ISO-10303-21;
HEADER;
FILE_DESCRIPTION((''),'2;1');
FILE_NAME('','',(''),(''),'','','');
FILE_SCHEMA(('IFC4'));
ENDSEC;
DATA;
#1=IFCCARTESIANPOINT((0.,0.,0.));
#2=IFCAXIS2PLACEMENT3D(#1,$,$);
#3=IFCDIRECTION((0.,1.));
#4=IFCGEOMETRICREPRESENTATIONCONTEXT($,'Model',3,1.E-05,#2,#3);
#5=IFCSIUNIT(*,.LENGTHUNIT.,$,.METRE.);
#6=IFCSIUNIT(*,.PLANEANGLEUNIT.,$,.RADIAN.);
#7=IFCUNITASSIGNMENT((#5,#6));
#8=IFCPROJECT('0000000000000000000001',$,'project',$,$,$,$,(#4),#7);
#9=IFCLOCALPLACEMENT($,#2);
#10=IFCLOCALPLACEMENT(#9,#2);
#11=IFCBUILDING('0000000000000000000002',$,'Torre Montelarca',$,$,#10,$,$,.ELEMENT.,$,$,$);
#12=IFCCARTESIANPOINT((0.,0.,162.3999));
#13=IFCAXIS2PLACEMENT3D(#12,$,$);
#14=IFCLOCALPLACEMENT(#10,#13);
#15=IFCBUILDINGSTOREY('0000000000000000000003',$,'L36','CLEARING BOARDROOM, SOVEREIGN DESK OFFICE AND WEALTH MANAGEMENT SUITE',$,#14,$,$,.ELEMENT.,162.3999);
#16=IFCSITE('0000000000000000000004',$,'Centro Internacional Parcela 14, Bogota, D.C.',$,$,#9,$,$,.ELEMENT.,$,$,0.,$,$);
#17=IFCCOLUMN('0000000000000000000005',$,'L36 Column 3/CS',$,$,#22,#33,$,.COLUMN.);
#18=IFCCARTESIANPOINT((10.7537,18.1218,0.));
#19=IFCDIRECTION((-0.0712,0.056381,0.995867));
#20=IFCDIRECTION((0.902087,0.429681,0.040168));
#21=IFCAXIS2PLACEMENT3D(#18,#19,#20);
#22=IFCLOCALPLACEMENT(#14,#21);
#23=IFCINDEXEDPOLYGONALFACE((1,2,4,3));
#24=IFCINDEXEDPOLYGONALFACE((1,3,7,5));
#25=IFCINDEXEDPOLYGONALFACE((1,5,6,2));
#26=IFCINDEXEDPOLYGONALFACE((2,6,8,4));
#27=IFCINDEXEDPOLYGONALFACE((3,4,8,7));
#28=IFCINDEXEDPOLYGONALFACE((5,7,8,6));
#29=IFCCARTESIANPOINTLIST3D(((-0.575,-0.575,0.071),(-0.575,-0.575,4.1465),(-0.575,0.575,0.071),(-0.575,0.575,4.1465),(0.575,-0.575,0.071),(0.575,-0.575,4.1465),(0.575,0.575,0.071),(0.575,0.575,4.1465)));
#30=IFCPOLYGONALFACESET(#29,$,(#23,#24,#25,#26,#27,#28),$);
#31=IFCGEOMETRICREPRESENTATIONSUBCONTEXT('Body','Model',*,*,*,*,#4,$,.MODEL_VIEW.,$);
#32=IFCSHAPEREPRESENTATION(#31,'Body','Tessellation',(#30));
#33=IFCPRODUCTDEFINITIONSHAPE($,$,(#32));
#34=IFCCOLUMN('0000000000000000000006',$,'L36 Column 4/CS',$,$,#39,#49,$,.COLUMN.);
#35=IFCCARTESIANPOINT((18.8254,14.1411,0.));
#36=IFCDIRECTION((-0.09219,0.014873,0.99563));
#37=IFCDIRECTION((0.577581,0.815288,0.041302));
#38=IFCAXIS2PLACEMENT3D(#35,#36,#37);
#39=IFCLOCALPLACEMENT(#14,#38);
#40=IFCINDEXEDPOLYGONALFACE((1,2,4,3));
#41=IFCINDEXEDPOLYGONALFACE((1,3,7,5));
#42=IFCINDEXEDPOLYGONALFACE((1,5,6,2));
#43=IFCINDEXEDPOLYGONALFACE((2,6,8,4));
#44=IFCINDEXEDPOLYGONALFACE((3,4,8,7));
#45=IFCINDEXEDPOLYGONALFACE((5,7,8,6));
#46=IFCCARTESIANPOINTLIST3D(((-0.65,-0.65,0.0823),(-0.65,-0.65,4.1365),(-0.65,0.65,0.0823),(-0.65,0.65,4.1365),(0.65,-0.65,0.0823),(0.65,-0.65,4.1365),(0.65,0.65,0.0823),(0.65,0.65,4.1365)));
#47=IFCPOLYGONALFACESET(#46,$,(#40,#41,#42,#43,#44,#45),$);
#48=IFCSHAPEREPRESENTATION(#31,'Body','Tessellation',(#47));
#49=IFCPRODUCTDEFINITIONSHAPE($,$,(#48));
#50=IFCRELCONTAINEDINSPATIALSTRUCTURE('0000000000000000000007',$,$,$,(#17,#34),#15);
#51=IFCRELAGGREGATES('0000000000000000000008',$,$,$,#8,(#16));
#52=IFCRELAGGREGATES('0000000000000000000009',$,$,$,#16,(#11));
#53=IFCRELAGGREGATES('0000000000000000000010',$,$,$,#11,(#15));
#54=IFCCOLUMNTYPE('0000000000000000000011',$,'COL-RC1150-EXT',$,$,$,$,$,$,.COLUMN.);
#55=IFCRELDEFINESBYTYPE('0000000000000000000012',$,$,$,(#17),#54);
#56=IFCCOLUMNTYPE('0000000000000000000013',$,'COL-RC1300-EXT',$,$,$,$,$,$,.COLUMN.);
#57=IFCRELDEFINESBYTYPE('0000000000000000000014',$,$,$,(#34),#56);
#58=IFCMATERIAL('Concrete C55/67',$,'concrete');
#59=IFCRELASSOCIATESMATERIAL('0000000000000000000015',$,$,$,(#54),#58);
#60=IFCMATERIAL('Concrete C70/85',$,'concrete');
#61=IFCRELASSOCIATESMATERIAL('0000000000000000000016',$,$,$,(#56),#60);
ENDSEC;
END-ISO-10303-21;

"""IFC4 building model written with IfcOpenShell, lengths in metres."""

from ifc_helpers import new_model, si_unit, direction, frame, origin, origin_2d, place, context, subcontext, project, spatial, rectangle, extrude, clip, halfspace, material, material_profile, profile_set, type_object, element, save


model = new_model("IFC4")

# Units and contexts
model_context = context("Model", 3, precision=1e-05, world=origin(), true_north=direction((0.0, 1.0)))
body_context = subcontext(model_context, "Body", "Model", "MODEL_VIEW")
ifc_project = project(units=[si_unit("LENGTHUNIT", "METRE"), si_unit("PLANEANGLEUNIT", "RADIAN")], contexts=[model_context])

# Site, building, storey
site_placement = place(None, origin())
site = spatial("IfcSite", under=ifc_project, at=site_placement, Name="Centro Internacional Parcela 14, Bogota, D.C.", CompositionType="ELEMENT", RefElevation=0.0)
building_placement = place(site_placement, origin())
building = spatial("IfcBuilding", under=site, at=building_placement, Name="Torre Montelarca", CompositionType="ELEMENT")
storey_placement = place(building_placement, frame((0.0, 0.0, 162.3999)))
storey = spatial("IfcBuildingStorey", under=building, at=storey_placement, Name="L36", Description="CLEARING BOARDROOM, SOVEREIGN DESK OFFICE AND WEALTH MANAGEMENT SUITE", CompositionType="ELEMENT", Elevation=162.3999)

# Columns
ifc_material_1 = material(Name="Concrete C55/67", Category="concrete")
ifc_material_profile_1 = material_profile(ifc_material_1, rectangle(XDim=1.1499, YDim=1.1499, at=origin_2d()), Name="RC1150X1150", Category="concrete")
ifc_profile_set_1 = profile_set([ifc_material_profile_1], Name="Concrete C55/67")
column_type_1 = type_object("IfcColumnType", Name="COL-RC1150-EXT", PredefinedType="COLUMN", material=ifc_profile_set_1)
column_1_placement = place(storey_placement, frame((10.7537, 18.1218, 0.0), z_axis=(-0.0712, 0.056381, 0.995867), x_axis=(0.902087, 0.429681, 0.040168)))
element("IfcColumn", 1, at=column_1_placement, inside=storey, type_object=column_type_1, Name="L36 Column 3/CS", PredefinedType="COLUMN", context=body_context, shape_type="Clipping", body=[
    clip(clip(extrude(rectangle(XDim=1.1499, YDim=1.1499, at=origin_2d()), origin(), (0.0, 0.0, 1.0), 4.2175), halfspace(frame((0.0, 0.0, 0.071), z_axis=(0.0, 0.0, -1.0), x_axis=(1.0, 0.0, 0.0)), False)), halfspace(frame((0.0, 0.0, 4.1465), z_axis=(0.0, 0.0, 1.0), x_axis=(1.0, 0.0, 0.0)), False)),
])
ifc_material_2 = material(Name="Concrete C70/85", Category="concrete")
ifc_material_profile_2 = material_profile(ifc_material_2, rectangle(XDim=1.3, YDim=1.3, at=origin_2d()), Name="RC1300X1300", Category="concrete")
ifc_profile_set_2 = profile_set([ifc_material_profile_2], Name="Concrete C70/85")
column_type_2 = type_object("IfcColumnType", Name="COL-RC1300-EXT", PredefinedType="COLUMN", material=ifc_profile_set_2)
column_2_placement = place(storey_placement, frame((18.8254, 14.1411, 0.0), z_axis=(-0.09219, 0.014873, 0.99563), x_axis=(0.577581, 0.815288, 0.041302)))
element("IfcColumn", 2, at=column_2_placement, inside=storey, type_object=column_type_2, Name="L36 Column 4/CS", PredefinedType="COLUMN", context=body_context, shape_type="Clipping", body=[
    clip(clip(extrude(rectangle(XDim=1.3, YDim=1.3, at=origin_2d()), origin(), (0.0, 0.0, 1.0), 4.2188), halfspace(frame((0.0, 0.0, 0.0823), z_axis=(0.0, 0.0, -1.0), x_axis=(1.0, 0.0, 0.0)), False)), halfspace(frame((0.0, 0.0, 4.1365), z_axis=(0.0, 0.0, 1.0), x_axis=(1.0, 0.0, 0.0)), False)),
])

save(model, "model.ifc")
